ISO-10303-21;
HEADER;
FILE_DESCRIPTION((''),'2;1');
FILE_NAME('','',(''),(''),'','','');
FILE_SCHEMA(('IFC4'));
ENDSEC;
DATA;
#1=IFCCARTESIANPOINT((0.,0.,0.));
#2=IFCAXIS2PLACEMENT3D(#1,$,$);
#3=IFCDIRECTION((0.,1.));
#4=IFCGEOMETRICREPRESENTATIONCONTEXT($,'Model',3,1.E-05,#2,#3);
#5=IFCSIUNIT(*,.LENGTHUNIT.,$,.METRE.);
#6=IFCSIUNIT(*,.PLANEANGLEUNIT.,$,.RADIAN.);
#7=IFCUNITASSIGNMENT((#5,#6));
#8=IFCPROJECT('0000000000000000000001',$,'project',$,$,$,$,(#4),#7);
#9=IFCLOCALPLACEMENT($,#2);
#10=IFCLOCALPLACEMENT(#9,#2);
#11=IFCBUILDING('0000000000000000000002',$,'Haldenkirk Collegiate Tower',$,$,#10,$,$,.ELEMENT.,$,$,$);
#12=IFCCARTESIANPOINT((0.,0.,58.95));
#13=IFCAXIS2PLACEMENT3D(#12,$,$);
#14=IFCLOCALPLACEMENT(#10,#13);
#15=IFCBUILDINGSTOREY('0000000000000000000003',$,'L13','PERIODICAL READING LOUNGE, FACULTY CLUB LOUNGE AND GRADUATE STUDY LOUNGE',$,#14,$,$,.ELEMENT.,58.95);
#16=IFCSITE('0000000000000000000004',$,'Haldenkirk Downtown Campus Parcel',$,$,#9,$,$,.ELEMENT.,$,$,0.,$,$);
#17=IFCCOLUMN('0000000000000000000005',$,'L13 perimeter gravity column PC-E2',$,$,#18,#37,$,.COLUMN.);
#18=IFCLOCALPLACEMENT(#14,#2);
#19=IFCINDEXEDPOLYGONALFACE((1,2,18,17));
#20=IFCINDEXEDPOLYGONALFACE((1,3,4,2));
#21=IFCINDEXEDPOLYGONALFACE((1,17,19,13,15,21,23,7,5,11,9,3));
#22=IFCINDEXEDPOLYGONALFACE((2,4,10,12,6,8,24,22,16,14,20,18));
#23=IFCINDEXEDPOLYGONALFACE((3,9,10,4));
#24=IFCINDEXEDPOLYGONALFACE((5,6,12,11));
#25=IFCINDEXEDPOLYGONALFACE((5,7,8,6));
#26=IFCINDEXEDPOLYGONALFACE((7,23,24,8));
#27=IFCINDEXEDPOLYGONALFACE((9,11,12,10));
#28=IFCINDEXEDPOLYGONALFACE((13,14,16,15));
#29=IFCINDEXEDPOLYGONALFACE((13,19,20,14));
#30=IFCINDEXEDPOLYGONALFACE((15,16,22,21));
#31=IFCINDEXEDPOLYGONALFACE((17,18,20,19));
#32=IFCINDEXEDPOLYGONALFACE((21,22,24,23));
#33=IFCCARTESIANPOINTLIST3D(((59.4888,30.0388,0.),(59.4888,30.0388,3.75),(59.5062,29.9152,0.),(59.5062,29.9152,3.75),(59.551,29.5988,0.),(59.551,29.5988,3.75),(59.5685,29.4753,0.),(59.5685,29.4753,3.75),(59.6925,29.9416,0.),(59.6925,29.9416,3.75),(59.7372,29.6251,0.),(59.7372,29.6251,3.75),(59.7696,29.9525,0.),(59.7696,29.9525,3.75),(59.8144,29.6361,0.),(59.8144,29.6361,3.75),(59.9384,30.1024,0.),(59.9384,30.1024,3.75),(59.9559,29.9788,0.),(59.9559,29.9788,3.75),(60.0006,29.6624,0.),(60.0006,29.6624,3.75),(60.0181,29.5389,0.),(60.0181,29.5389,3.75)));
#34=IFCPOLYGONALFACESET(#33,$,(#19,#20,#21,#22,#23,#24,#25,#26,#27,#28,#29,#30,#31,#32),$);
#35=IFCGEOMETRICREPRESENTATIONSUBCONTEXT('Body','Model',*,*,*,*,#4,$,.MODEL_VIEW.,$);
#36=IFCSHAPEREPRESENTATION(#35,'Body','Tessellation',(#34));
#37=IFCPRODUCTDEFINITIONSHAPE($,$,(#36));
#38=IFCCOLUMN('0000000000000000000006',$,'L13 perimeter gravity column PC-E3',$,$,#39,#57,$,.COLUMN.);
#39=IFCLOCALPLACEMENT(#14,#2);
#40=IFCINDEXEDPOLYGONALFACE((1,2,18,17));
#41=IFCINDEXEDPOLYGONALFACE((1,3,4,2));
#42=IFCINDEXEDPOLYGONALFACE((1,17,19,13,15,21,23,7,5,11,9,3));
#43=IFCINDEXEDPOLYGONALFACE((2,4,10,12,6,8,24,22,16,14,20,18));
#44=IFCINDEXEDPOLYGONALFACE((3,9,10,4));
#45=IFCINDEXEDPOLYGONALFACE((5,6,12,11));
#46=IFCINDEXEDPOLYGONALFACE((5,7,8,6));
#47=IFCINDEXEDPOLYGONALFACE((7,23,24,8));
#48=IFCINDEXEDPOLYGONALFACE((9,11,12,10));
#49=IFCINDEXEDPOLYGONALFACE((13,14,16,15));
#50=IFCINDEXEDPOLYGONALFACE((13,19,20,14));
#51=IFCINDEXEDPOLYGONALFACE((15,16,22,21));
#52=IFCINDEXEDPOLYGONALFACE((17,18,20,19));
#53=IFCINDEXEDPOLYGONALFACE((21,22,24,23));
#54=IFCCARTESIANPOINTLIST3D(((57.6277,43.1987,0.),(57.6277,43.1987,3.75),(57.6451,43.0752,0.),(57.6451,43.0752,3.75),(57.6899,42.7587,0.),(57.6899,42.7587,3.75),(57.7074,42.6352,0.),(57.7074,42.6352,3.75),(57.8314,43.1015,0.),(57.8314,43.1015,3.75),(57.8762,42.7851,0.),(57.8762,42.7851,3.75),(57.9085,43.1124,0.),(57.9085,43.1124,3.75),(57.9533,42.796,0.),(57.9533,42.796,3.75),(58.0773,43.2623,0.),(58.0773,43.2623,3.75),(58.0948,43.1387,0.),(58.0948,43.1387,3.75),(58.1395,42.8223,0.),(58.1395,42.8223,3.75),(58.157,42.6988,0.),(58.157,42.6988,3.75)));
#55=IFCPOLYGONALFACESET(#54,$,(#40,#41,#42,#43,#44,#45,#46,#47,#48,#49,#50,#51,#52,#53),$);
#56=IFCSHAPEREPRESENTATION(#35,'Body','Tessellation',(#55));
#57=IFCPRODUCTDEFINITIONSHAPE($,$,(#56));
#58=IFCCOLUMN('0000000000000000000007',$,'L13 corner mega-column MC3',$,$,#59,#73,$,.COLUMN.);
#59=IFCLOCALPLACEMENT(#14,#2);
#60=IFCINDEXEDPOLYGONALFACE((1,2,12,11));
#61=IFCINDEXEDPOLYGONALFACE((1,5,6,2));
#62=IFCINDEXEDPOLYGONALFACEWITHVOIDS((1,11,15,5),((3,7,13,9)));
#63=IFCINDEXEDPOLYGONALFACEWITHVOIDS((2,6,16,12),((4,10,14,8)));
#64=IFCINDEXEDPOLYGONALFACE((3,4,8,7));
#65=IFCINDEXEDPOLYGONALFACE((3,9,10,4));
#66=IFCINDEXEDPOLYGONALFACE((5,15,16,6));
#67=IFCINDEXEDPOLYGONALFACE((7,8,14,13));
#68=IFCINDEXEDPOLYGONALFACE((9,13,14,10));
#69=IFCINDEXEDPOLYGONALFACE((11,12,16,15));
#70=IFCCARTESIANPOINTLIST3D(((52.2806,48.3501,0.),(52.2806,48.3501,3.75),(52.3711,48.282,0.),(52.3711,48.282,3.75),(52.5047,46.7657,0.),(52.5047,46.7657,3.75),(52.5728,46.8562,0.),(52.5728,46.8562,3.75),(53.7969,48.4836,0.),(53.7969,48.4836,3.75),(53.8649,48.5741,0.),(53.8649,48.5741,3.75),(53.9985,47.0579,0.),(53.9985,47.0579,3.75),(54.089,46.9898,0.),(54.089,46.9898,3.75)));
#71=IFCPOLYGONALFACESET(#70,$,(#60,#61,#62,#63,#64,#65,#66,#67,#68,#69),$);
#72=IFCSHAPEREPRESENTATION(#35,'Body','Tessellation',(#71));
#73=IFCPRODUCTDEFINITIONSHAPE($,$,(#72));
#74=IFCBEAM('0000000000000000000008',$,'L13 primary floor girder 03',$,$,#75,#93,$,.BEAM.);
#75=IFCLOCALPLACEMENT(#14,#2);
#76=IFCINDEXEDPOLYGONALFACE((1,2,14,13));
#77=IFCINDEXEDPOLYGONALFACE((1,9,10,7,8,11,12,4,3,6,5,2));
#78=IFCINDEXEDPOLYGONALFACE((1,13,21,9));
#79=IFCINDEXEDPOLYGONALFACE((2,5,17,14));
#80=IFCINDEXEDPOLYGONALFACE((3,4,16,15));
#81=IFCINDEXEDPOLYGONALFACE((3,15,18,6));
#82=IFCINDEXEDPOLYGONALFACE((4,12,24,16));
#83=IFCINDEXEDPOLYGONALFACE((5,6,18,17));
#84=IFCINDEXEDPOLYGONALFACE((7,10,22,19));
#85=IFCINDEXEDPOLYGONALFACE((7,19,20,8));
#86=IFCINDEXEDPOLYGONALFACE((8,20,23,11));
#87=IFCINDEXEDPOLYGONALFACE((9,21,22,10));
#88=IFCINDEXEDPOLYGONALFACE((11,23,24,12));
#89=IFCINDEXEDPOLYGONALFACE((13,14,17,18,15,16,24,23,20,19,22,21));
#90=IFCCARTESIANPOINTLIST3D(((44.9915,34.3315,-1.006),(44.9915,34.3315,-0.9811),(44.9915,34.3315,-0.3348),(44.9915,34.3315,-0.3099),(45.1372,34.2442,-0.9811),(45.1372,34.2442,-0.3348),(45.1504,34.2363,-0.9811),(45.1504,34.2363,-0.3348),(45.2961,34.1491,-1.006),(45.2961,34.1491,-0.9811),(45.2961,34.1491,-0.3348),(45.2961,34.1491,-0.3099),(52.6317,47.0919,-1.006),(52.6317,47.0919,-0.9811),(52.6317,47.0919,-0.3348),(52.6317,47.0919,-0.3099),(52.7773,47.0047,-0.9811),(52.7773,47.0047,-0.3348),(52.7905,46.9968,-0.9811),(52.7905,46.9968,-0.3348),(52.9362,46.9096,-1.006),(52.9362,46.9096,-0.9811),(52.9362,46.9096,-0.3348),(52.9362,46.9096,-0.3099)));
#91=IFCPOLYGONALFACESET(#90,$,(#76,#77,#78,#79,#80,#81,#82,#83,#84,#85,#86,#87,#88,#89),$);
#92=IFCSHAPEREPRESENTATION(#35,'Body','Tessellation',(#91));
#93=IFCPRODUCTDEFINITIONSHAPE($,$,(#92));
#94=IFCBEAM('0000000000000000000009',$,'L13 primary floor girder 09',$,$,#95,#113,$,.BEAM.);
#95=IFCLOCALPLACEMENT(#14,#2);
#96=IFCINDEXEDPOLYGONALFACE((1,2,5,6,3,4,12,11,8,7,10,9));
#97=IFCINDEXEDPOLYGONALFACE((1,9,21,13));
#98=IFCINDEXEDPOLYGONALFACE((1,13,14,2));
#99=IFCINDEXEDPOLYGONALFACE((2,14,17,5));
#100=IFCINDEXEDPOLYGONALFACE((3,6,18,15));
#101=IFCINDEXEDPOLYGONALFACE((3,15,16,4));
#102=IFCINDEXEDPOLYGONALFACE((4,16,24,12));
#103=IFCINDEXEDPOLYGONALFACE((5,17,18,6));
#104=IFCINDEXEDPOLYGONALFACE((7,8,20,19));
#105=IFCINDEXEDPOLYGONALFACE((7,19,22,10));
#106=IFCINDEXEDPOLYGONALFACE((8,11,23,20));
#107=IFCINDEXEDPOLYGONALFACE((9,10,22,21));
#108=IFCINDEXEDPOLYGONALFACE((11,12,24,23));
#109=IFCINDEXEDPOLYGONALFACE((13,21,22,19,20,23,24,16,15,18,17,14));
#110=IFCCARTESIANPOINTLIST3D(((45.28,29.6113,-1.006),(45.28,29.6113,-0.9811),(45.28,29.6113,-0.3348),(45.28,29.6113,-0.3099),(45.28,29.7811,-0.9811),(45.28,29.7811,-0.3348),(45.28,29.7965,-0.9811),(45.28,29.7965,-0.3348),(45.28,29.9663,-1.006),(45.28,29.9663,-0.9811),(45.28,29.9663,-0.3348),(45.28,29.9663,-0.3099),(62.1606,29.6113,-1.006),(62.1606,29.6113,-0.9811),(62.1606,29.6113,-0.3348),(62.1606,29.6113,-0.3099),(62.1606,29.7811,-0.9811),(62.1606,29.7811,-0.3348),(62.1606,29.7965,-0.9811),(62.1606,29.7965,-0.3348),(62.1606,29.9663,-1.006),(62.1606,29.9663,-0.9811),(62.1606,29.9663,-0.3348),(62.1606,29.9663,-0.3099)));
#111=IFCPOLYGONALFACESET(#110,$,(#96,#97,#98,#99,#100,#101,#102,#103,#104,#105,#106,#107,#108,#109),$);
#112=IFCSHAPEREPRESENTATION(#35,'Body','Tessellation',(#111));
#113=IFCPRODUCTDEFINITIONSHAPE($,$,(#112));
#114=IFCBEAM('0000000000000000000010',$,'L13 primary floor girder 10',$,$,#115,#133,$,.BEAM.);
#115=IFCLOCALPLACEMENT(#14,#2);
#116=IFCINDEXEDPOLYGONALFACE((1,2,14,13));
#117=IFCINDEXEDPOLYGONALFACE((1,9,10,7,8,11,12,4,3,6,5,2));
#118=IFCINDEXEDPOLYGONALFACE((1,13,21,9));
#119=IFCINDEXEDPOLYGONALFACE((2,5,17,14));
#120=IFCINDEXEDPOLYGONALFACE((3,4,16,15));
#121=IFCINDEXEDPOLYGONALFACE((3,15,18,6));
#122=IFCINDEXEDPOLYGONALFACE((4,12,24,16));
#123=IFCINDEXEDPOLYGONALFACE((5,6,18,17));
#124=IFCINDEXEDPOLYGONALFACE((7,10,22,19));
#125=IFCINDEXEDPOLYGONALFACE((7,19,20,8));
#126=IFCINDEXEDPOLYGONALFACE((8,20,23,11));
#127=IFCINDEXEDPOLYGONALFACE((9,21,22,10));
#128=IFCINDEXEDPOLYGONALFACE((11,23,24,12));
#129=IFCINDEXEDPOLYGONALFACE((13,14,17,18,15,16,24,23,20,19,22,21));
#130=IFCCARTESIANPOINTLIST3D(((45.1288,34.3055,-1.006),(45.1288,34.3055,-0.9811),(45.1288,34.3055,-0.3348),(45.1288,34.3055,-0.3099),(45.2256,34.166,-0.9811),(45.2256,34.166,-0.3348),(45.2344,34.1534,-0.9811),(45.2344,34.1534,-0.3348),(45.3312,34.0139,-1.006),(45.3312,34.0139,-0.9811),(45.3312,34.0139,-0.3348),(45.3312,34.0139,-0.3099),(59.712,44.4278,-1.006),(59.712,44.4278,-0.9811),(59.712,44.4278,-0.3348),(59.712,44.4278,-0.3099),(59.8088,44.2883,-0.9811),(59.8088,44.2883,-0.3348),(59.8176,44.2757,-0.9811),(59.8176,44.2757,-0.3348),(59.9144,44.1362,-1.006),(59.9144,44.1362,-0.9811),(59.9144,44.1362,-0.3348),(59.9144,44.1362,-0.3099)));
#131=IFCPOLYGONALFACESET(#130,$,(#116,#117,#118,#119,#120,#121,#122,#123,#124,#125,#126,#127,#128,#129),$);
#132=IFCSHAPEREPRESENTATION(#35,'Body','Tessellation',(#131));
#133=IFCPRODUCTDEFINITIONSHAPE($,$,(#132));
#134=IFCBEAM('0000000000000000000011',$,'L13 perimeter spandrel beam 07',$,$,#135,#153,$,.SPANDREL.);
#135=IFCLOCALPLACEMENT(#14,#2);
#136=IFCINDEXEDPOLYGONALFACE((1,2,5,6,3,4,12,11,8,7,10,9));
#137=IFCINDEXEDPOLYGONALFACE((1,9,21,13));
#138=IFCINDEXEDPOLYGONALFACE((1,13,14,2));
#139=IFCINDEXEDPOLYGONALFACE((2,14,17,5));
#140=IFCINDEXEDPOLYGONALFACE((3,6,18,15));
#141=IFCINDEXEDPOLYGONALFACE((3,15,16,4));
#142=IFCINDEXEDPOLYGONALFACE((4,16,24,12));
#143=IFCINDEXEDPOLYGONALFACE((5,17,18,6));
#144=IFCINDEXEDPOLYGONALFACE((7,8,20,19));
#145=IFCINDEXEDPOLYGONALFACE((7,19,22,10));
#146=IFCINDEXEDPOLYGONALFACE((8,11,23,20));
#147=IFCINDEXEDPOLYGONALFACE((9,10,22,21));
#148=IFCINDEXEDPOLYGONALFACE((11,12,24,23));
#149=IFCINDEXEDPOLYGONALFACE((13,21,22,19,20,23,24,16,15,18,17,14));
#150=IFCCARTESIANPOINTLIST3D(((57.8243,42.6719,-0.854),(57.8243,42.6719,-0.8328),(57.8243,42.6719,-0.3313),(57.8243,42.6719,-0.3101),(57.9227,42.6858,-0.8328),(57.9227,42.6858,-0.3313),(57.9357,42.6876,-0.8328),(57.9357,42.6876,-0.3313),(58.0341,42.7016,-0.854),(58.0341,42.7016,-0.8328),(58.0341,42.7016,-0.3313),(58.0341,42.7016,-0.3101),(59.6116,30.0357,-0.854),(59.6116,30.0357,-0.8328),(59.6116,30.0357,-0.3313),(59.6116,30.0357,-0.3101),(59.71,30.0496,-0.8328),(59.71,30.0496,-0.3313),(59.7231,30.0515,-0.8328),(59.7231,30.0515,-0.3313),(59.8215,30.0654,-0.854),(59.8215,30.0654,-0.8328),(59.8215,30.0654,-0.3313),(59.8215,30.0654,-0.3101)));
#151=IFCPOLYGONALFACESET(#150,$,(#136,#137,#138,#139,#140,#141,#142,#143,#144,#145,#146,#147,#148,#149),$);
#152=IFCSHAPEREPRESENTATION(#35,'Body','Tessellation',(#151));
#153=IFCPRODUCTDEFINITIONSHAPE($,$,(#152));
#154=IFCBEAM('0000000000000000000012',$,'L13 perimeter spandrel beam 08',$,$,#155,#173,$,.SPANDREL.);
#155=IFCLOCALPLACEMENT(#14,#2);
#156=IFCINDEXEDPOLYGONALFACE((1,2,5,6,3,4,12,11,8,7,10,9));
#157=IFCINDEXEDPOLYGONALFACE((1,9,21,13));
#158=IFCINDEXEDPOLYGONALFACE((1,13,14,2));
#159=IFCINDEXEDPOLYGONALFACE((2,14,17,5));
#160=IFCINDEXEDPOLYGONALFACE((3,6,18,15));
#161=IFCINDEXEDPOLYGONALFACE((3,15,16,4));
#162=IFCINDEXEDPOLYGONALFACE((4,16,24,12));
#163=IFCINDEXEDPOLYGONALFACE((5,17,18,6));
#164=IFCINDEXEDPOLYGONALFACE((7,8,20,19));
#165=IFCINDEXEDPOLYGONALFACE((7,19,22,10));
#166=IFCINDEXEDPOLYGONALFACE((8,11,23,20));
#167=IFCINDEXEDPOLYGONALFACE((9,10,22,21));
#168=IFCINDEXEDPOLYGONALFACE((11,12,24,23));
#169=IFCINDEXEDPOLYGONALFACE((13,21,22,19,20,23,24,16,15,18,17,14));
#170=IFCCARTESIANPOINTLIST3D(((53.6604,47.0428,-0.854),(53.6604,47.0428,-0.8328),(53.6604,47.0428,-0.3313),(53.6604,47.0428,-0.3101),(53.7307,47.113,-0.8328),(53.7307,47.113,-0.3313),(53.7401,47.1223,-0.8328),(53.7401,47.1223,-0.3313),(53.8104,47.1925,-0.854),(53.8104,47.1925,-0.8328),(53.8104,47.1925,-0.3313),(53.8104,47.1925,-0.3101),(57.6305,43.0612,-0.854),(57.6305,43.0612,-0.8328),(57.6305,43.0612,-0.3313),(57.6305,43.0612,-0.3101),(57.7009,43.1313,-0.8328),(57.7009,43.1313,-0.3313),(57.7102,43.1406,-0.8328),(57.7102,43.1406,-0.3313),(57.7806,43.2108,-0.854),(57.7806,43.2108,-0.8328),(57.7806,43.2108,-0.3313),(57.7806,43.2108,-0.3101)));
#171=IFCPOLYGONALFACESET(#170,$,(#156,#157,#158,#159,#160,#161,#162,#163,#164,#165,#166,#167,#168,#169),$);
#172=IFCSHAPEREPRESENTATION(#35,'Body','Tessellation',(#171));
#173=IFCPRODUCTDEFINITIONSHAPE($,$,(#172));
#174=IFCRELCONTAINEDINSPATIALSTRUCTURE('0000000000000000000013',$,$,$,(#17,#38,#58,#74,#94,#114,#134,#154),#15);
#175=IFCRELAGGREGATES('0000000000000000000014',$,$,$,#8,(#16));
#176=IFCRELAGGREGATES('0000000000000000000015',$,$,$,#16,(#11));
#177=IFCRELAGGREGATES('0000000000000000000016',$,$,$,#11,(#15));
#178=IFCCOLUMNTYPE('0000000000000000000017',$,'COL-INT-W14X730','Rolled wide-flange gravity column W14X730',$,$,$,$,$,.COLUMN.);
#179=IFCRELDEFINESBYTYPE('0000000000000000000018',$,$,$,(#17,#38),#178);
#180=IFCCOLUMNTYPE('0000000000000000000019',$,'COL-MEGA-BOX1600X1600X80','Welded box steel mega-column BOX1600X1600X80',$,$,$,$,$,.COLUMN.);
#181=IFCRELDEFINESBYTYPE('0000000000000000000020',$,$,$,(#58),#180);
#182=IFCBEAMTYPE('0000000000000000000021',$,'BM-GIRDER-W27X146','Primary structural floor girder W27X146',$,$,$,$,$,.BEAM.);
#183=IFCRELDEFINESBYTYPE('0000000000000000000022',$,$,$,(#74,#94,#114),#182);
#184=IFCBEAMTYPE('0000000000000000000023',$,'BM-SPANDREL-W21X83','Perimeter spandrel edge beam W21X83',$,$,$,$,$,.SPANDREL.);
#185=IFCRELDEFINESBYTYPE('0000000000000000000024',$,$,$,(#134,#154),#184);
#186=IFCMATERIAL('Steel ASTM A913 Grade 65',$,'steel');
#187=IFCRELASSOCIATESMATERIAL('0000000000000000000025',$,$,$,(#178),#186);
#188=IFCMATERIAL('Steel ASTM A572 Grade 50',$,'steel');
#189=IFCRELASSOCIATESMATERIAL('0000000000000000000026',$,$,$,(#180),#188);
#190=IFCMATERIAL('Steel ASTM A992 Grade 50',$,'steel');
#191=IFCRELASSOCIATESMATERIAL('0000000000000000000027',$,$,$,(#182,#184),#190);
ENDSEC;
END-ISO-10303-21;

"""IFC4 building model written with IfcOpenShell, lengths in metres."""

from ifc_helpers import new_model, si_unit, direction, frame, origin, origin_2d, place, context, subcontext, project, spatial, hollow_rectangle, i_section, extrude, material, material_profile, profile_set, type_object, element, save


model = new_model("IFC4")

# Units and contexts
model_context = context("Model", 3, precision=1e-05, world=origin(), true_north=direction((0.0, 1.0)))
body_context = subcontext(model_context, "Body", "Model", "MODEL_VIEW")
ifc_project = project(units=[si_unit("LENGTHUNIT", "METRE"), si_unit("PLANEANGLEUNIT", "RADIAN")], contexts=[model_context])

# Site, building, storey
site_placement = place(None, origin())
site = spatial("IfcSite", under=ifc_project, at=site_placement, Name="Haldenkirk Downtown Campus Parcel", CompositionType="ELEMENT", RefElevation=0.0)
building_placement = place(site_placement, origin())
building = spatial("IfcBuilding", under=site, at=building_placement, Name="Haldenkirk Collegiate Tower", CompositionType="ELEMENT")
storey_placement = place(building_placement, frame((0.0, 0.0, 58.95)))
storey = spatial("IfcBuildingStorey", under=building, at=storey_placement, Name="L13", Description="PERIODICAL READING LOUNGE, FACULTY CLUB LOUNGE AND GRADUATE STUDY LOUNGE", CompositionType="ELEMENT", Elevation=58.95)

# Columns
ifc_material_1 = material(Name="Steel ASTM A913 Grade 65", Category="steel")
ifc_material_profile_1 = material_profile(ifc_material_1, i_section(OverallWidth=0.4541, OverallDepth=0.5691, WebThickness=0.0779, FlangeThickness=0.1248, at=origin_2d()), Name="W14X730")
ifc_profile_set_1 = profile_set([ifc_material_profile_1], Name="Steel ASTM A913 Grade 65")
column_type_1 = type_object("IfcColumnType", Name="COL-INT-W14X730", Description="Rolled wide-flange gravity column W14X730", PredefinedType="COLUMN", material=ifc_profile_set_1)
for number, where, z_axis, x_axis, name in (
    (1, (59.7534, 29.7888, 0.0), (0.0, 0.0, 1.0), (0.990146, 0.140037, 0.0), "L13 perimeter gravity column PC-E2"),
    (2, (57.8923, 42.9487, 0.0), (0.0, 0.0, 1.0), (0.990146, 0.140037, 0.0), "L13 perimeter gravity column PC-E3"),
):
    element("IfcColumn", number, at=place(storey_placement, frame(where, z_axis=z_axis, x_axis=x_axis)), inside=storey, type_object=column_type_1, Name=name, PredefinedType="COLUMN", context=body_context, shape_type="SweptSolid", body=[
        extrude(i_section(OverallWidth=0.4541, OverallDepth=0.5691, WebThickness=0.0779, FlangeThickness=0.1248, at=origin_2d()), origin(), (0.0, 0.0, 1.0), 3.75),
    ])
ifc_material_2 = material(Name="Steel ASTM A572 Grade 50", Category="steel")
ifc_material_profile_2 = material_profile(ifc_material_2, hollow_rectangle(XDim=1.6001, YDim=1.6001, WallThickness=0.0801, at=origin_2d()), Name="BOX1600X1600X80")
ifc_profile_set_2 = profile_set([ifc_material_profile_2], Name="Steel ASTM A572 Grade 50")
column_type_2 = type_object("IfcColumnType", Name="COL-MEGA-BOX1600X1600X80", Description="Welded box steel mega-column BOX1600X1600X80", PredefinedType="COLUMN", material=ifc_profile_set_2)
column_placement = place(storey_placement, frame((53.1848, 47.6699, 0.0), z_axis=(0.0, 0.0, 1.0), x_axis=(0.990146, 0.140037, 0.0)))
element("IfcColumn", 3, at=column_placement, inside=storey, type_object=column_type_2, Name="L13 corner mega-column MC3", PredefinedType="COLUMN", context=body_context, shape_type="SweptSolid", body=[
    extrude(hollow_rectangle(XDim=1.6001, YDim=1.6001, WallThickness=0.0801, at=origin_2d()), origin(), (0.0, 0.0, 1.0), 3.75),
])

# Beams
ifc_material_3 = material(Name="Steel ASTM A992 Grade 50", Category="steel")
ifc_material_profile_3 = material_profile(ifc_material_3, i_section(OverallWidth=0.355, OverallDepth=0.696, WebThickness=0.0154, FlangeThickness=0.0249, at=origin_2d()), Name="W27X146")
ifc_profile_set_3 = profile_set([ifc_material_profile_3], Name="Steel ASTM A992 Grade 50")
beam_type_1 = type_object("IfcBeamType", Name="BM-GIRDER-W27X146", Description="Primary structural floor girder W27X146", PredefinedType="BEAM", material=ifc_profile_set_3)
beam_1_placement = place(storey_placement, frame((52.7839, 47.0007, -0.658), z_axis=(-0.513696, -0.857972, 0.0), x_axis=(0.857972, -0.513696, 0.0)))
element("IfcBeam", 4, at=beam_1_placement, inside=storey, type_object=beam_type_1, Name="L13 primary floor girder 03", PredefinedType="BEAM", context=body_context, shape_type="SweptSolid", body=[
    extrude(i_section(OverallWidth=0.355, OverallDepth=0.696, WebThickness=0.0154, FlangeThickness=0.0249, at=origin_2d()), origin(), (0.0, 0.0, 1.0), 14.8728),
])
beam_2_placement = place(storey_placement, frame((62.1606, 29.7888, -0.658), z_axis=(-1.0, 0.0, 0.0), x_axis=(0.0, -1.0, 0.0)))
element("IfcBeam", 5, at=beam_2_placement, inside=storey, type_object=beam_type_1, Name="L13 primary floor girder 09", PredefinedType="BEAM", context=body_context, shape_type="SweptSolid", body=[
    extrude(i_section(OverallWidth=0.355, OverallDepth=0.696, WebThickness=0.0154, FlangeThickness=0.0249, at=origin_2d()), origin(), (0.0, 0.0, 1.0), 16.8806),
])
beam_3_placement = place(storey_placement, frame((59.8132, 44.282, -0.658), z_axis=(-0.8215, -0.570208, 0.0), x_axis=(0.570208, -0.8215, 0.0)))
element("IfcBeam", 6, at=beam_3_placement, inside=storey, type_object=beam_type_1, Name="L13 primary floor girder 10", PredefinedType="BEAM", context=body_context, shape_type="SweptSolid", body=[
    extrude(i_section(OverallWidth=0.355, OverallDepth=0.696, WebThickness=0.0154, FlangeThickness=0.0249, at=origin_2d()), origin(), (0.0, 0.0, 1.0), 17.752),
])
ifc_material_profile_4 = material_profile(ifc_material_3, i_section(OverallWidth=0.2119, OverallDepth=0.5439, WebThickness=0.0132, FlangeThickness=0.0212, at=origin_2d()), Name="W21X83")
ifc_profile_set_4 = profile_set([ifc_material_profile_4], Name="Steel ASTM A992 Grade 50")
beam_type_2 = type_object("IfcBeamType", Name="BM-SPANDREL-W21X83", Description="Perimeter spandrel edge beam W21X83", PredefinedType="SPANDREL", material=ifc_profile_set_4)
beam_4_placement = place(storey_placement, frame((59.7166, 30.0505, -0.582), z_axis=(-0.140053, 0.990144, 0.0), x_axis=(-0.990144, -0.140053, 0.0)))
element("IfcBeam", 7, at=beam_4_placement, inside=storey, type_object=beam_type_2, Name="L13 perimeter spandrel beam 07", PredefinedType="SPANDREL", context=body_context, shape_type="SweptSolid", body=[
    extrude(i_section(OverallWidth=0.2119, OverallDepth=0.5439, WebThickness=0.0132, FlangeThickness=0.0212, at=origin_2d()), origin(), (0.0, 0.0, 1.0), 12.762),
])
beam_5_placement = place(storey_placement, frame((57.7056, 43.136, -0.582), z_axis=(-0.706086, 0.708126, 0.0), x_axis=(-0.708126, -0.706086, 0.0)))
element("IfcBeam", 8, at=beam_5_placement, inside=storey, type_object=beam_type_2, Name="L13 perimeter spandrel beam 08", PredefinedType="SPANDREL", context=body_context, shape_type="SweptSolid", body=[
    extrude(i_section(OverallWidth=0.2119, OverallDepth=0.5439, WebThickness=0.0132, FlangeThickness=0.0212, at=origin_2d()), origin(), (0.0, 0.0, 1.0), 5.6228),
])

save(model, "model.ifc")
